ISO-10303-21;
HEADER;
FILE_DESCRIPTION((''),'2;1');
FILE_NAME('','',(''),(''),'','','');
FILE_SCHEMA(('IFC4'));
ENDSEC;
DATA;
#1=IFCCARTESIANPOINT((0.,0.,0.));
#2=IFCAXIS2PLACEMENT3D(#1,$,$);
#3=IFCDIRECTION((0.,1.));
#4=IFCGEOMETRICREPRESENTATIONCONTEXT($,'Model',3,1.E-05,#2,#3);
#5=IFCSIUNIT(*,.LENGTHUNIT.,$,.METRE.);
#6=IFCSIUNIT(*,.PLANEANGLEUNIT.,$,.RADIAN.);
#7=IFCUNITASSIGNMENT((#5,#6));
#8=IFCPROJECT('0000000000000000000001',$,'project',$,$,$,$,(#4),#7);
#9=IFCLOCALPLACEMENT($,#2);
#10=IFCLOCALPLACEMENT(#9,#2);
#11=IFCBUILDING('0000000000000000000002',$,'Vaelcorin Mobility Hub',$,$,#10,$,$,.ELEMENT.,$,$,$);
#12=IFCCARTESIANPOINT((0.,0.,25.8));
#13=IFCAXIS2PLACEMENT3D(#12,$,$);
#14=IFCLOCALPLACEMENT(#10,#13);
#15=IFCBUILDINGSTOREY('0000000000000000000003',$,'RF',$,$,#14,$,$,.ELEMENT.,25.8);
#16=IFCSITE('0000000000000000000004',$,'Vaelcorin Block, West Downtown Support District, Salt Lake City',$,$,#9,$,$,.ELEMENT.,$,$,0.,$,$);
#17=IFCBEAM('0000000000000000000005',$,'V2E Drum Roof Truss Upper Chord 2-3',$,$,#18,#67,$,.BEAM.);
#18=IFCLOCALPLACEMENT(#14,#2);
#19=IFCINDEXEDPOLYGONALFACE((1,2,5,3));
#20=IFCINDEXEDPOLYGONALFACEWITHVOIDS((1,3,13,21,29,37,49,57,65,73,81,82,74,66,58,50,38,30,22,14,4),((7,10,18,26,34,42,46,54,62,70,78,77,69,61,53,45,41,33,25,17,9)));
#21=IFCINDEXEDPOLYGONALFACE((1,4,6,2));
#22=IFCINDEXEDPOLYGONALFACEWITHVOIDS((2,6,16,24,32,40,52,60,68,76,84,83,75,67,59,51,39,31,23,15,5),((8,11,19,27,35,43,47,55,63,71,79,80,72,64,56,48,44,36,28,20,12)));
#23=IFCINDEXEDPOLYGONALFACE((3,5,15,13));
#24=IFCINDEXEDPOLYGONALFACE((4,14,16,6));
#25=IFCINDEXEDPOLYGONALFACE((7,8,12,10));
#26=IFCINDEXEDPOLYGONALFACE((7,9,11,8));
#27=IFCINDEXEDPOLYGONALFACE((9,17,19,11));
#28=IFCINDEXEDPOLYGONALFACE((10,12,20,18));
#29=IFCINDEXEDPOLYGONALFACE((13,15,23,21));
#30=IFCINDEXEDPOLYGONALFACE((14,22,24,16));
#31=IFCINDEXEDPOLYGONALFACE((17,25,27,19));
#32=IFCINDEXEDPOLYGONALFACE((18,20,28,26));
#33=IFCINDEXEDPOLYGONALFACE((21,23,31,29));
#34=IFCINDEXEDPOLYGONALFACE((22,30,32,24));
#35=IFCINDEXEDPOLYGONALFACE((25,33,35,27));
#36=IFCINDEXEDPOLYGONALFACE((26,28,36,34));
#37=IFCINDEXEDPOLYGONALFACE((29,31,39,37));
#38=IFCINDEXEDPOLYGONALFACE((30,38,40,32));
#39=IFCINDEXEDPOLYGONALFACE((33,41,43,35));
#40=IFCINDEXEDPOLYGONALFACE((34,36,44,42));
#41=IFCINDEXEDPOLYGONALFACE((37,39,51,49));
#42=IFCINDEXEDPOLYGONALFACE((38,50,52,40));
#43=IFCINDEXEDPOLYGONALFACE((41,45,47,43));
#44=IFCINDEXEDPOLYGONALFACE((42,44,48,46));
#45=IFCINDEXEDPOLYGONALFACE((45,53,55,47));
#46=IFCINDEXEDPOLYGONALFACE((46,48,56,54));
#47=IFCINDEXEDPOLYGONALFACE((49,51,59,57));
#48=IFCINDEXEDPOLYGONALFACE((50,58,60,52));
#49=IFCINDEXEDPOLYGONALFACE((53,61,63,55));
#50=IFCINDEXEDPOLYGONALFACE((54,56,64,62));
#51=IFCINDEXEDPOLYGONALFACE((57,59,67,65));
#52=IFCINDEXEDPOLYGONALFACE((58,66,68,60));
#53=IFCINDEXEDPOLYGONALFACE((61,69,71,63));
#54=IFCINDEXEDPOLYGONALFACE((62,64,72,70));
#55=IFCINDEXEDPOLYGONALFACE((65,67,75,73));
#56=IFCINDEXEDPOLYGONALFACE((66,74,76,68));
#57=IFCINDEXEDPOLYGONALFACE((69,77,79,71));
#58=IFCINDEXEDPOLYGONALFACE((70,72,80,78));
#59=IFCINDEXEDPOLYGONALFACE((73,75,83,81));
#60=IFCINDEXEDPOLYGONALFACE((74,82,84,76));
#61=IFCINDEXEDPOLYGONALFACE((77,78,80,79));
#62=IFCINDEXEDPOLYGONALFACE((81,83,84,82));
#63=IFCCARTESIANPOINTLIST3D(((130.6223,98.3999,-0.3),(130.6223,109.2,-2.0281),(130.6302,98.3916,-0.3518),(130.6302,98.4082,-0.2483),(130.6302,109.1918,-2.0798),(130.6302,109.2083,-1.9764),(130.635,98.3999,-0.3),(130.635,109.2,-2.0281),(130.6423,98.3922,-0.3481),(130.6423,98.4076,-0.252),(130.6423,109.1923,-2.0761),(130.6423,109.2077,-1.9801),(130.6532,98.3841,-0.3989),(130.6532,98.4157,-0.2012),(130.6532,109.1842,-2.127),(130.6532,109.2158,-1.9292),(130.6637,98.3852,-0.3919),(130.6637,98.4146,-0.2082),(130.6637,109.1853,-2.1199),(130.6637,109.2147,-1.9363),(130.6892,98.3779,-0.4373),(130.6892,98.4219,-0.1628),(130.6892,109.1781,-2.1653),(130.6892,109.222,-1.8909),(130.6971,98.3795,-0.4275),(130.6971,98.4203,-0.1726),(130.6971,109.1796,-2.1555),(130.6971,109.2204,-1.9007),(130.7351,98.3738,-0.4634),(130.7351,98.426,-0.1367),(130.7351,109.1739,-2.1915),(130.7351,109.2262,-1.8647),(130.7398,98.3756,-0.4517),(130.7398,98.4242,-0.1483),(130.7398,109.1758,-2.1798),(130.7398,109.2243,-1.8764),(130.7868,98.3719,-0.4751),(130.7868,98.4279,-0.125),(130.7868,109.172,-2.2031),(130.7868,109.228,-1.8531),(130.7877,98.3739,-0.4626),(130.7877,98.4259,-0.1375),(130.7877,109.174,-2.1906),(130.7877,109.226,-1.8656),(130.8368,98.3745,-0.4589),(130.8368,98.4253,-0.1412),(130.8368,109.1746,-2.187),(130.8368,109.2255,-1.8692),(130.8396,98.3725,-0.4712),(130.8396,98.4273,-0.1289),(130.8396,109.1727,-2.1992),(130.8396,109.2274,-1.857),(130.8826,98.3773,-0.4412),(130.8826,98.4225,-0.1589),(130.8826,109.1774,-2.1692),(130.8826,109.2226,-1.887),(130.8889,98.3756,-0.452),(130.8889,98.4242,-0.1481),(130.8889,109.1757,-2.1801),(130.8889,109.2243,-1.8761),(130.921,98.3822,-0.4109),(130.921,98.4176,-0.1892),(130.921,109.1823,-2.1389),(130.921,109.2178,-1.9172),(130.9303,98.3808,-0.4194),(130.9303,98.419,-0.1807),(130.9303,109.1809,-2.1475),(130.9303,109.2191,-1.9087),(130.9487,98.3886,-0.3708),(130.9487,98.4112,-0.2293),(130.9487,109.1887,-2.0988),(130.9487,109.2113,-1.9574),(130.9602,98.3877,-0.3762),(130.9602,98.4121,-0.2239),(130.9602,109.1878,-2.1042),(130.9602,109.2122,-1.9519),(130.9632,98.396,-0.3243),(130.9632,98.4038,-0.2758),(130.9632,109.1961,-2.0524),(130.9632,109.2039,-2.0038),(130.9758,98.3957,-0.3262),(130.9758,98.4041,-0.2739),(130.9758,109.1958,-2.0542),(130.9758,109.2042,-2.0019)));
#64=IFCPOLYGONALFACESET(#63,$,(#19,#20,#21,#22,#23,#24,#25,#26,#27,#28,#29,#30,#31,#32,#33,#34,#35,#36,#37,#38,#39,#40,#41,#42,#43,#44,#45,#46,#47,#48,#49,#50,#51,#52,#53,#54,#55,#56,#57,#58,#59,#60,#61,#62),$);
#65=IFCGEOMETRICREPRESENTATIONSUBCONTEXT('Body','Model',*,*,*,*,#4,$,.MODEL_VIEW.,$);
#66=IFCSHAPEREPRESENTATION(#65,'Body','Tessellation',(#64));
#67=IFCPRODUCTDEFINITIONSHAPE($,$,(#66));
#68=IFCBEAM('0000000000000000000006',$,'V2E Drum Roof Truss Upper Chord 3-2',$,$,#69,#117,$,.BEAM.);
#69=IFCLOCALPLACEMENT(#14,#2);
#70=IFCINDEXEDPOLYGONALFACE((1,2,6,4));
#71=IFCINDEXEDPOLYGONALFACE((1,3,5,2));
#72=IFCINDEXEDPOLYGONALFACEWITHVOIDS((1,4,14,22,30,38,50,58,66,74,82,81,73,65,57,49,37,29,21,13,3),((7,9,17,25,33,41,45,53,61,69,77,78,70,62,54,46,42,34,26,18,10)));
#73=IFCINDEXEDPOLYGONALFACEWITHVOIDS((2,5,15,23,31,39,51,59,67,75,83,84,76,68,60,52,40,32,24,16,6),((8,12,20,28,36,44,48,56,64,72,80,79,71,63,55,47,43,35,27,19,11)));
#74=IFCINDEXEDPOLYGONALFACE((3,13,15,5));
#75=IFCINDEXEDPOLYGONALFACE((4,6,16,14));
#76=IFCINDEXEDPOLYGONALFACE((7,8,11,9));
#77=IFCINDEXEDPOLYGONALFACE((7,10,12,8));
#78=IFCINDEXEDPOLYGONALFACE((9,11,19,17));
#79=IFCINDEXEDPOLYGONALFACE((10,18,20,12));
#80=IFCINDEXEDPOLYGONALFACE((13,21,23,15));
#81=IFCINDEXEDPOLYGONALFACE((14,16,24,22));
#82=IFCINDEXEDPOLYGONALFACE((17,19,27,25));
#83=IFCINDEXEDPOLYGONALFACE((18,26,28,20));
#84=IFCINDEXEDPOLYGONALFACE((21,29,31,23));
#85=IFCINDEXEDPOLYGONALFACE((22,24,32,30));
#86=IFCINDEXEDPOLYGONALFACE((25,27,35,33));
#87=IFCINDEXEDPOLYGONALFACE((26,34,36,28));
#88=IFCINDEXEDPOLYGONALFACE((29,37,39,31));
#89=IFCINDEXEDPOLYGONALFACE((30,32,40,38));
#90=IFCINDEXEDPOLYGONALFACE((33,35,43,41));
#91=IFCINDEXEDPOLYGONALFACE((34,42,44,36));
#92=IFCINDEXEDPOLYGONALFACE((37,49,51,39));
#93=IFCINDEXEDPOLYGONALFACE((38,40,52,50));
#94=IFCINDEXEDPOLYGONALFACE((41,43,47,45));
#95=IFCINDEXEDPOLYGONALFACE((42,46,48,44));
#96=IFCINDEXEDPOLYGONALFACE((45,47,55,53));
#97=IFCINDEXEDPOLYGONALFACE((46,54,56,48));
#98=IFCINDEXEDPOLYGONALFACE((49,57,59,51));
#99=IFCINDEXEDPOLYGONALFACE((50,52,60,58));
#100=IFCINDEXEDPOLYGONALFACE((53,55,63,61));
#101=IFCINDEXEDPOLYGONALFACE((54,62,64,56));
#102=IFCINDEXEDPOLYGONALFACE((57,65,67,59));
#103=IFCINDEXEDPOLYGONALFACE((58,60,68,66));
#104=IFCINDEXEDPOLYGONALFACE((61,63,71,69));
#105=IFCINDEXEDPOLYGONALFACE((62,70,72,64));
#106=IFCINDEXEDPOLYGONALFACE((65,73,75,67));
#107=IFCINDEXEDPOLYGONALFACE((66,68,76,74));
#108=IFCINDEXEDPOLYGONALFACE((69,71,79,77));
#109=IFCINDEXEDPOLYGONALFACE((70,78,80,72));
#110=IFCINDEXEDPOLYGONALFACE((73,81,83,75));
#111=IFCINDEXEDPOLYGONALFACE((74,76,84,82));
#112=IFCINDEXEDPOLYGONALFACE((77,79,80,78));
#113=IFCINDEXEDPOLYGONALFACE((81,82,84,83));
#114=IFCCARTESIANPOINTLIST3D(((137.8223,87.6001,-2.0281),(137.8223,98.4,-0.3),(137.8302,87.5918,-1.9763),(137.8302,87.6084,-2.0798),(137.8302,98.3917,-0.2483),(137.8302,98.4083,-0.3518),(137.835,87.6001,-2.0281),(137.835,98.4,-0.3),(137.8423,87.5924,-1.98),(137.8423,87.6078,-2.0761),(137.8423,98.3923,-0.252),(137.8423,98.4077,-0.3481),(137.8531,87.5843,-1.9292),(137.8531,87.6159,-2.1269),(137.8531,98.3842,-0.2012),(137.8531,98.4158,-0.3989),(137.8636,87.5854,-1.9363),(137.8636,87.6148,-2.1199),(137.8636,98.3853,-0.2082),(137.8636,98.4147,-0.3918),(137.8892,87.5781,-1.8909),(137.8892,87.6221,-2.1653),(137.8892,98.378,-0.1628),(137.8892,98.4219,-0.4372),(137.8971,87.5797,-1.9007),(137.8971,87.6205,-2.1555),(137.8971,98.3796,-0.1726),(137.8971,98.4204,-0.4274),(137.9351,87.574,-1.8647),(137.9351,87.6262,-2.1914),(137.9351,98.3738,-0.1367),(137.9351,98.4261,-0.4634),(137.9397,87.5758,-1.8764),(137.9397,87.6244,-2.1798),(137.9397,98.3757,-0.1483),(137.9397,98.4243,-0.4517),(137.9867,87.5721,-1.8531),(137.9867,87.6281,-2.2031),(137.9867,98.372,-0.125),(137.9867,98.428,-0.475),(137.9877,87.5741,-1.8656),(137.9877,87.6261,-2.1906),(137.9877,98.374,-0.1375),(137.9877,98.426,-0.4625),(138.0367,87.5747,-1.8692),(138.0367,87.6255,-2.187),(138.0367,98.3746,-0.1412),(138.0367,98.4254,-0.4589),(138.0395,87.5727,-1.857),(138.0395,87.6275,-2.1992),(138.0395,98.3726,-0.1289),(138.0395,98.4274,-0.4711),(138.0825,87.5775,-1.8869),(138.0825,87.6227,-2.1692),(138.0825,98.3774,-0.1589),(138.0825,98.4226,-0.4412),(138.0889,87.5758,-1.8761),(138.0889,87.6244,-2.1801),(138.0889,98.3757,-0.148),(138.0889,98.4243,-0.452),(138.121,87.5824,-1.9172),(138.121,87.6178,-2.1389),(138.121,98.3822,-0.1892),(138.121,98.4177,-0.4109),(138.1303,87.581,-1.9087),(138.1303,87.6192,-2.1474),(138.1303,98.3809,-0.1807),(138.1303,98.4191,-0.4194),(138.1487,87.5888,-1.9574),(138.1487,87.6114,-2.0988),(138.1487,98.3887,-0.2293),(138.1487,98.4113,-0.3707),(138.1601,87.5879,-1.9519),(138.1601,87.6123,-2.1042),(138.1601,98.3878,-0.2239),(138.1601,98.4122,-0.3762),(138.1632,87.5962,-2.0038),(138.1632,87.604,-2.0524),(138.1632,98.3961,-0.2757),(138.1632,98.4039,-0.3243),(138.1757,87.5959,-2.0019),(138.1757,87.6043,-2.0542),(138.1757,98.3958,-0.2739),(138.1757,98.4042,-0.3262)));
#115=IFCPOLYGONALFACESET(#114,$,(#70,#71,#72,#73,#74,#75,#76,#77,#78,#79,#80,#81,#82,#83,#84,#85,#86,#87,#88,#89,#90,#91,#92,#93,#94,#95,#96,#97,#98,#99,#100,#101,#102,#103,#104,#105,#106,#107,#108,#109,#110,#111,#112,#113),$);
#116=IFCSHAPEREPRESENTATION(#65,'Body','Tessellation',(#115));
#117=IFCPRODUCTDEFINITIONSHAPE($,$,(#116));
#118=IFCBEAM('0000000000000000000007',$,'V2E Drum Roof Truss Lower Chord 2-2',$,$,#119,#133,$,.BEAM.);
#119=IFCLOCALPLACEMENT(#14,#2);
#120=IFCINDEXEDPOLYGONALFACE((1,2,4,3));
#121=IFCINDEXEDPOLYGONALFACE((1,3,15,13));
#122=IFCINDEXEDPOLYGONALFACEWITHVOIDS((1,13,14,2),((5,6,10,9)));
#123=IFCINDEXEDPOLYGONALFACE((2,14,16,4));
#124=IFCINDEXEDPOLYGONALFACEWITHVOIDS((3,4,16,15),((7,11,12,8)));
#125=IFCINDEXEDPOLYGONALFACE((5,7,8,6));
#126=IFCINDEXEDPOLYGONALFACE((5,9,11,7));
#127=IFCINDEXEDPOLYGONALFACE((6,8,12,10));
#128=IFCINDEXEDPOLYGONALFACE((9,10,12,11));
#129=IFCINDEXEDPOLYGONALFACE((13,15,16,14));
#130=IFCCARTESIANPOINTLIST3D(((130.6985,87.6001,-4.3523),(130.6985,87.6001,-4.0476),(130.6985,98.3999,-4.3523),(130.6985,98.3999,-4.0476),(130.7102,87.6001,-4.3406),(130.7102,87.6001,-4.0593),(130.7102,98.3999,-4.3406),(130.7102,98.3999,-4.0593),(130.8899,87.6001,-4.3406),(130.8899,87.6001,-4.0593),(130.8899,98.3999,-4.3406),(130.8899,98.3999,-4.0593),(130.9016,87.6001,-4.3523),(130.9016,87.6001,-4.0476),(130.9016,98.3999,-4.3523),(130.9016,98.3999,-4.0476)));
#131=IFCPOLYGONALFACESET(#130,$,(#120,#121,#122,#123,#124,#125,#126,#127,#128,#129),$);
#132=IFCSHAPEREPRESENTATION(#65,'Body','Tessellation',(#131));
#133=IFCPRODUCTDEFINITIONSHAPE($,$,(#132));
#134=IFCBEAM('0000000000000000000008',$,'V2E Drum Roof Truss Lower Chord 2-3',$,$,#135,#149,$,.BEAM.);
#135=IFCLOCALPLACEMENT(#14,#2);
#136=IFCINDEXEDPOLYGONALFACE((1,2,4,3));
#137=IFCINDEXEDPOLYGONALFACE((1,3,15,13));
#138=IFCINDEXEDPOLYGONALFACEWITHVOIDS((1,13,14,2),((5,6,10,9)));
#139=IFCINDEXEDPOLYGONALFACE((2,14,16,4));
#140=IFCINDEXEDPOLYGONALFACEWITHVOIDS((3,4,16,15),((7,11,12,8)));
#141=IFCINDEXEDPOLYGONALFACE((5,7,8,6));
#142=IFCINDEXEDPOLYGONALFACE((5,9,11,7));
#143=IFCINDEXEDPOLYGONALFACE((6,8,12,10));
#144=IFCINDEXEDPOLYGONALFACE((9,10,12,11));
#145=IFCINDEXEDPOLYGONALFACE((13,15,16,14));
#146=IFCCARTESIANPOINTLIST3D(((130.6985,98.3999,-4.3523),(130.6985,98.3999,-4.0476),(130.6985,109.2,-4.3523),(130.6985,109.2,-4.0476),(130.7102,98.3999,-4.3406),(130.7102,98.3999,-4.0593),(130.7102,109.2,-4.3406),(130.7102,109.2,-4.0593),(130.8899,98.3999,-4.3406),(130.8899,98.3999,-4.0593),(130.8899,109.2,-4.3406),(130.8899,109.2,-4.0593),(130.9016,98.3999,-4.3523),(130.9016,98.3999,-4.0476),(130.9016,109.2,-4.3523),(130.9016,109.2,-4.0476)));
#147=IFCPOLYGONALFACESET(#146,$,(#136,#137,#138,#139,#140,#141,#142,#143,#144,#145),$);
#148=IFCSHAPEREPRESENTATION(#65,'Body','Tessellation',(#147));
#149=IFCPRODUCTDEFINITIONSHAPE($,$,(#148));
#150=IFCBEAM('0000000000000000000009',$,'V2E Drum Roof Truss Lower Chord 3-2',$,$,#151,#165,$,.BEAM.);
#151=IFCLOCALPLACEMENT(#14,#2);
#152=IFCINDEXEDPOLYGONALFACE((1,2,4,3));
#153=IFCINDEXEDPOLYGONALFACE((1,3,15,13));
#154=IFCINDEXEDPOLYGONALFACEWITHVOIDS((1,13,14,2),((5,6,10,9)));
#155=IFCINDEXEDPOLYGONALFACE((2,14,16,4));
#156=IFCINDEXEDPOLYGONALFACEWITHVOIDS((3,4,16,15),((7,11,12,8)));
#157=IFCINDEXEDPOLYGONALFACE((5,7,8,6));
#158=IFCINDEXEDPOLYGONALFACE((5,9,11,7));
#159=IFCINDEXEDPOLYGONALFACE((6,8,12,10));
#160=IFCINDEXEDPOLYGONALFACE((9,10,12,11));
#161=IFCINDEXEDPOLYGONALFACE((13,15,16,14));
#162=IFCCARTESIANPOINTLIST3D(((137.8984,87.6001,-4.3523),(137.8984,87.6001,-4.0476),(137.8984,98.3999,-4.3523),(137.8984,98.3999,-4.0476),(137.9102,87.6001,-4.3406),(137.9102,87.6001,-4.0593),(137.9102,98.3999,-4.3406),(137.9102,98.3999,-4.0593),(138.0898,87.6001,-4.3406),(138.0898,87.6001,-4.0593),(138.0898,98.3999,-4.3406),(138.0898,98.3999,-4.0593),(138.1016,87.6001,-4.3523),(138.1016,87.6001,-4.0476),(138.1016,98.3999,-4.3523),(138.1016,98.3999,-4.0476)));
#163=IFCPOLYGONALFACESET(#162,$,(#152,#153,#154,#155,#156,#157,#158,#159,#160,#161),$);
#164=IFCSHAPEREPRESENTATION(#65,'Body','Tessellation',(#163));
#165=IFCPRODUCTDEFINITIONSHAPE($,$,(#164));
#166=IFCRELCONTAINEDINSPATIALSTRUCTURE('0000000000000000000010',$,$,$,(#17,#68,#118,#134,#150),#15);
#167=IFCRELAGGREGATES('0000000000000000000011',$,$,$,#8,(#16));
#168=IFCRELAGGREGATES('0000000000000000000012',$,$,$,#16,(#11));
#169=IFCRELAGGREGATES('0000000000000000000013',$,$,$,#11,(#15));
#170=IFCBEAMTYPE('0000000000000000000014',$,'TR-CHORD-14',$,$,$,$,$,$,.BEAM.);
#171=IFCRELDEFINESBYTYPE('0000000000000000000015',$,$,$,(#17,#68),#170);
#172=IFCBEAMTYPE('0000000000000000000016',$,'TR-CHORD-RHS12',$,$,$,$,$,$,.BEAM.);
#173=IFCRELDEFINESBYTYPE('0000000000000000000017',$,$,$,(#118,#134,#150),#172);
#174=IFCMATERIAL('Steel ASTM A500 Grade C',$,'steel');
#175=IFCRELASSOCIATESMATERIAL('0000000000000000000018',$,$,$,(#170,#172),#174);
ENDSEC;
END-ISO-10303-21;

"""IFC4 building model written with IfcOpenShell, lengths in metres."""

from ifc_helpers import new_model, si_unit, direction, frame, origin, origin_2d, place, context, subcontext, project, spatial, hollow_rectangle, hollow_circle, extrude, material, material_profile, profile_set, type_object, element, save


model = new_model("IFC4")

# Units and contexts
model_context = context("Model", 3, precision=1e-05, world=origin(), true_north=direction((0.0, 1.0)))
body_context = subcontext(model_context, "Body", "Model", "MODEL_VIEW")
ifc_project = project(units=[si_unit("LENGTHUNIT", "METRE"), si_unit("PLANEANGLEUNIT", "RADIAN")], contexts=[model_context])

# Site, building, storey
site_placement = place(None, origin())
site = spatial("IfcSite", under=ifc_project, at=site_placement, Name="Vaelcorin Block, West Downtown Support District, Salt Lake City", CompositionType="ELEMENT", RefElevation=0.0)
building_placement = place(site_placement, origin())
building = spatial("IfcBuilding", under=site, at=building_placement, Name="Vaelcorin Mobility Hub", CompositionType="ELEMENT")
storey_placement = place(building_placement, frame((0.0, 0.0, 25.8)))
storey = spatial("IfcBuildingStorey", under=building, at=storey_placement, Name="RF", CompositionType="ELEMENT", Elevation=25.8)

# Shared definitions
ifc_material_1 = material(Name="Steel ASTM A500 Grade C", Category="steel")

# Beams
ifc_material_profile_1 = material_profile(ifc_material_1, hollow_circle(Radius=0.1777, WallThickness=0.0127, at=origin_2d()), Name="HSS14.000X0.500")
ifc_profile_set_1 = profile_set([ifc_material_profile_1], Name="Steel ASTM A500 Grade C")
beam_type_1 = type_object("IfcBeamType", Name="TR-CHORD-14", PredefinedType="BEAM", material=ifc_profile_set_1)
beam_1_placement = place(storey_placement, frame((130.8, 98.3999, -0.3), z_axis=(0.0, 0.98744, -0.157992), x_axis=(-1.0, 0.0, 0.0)))
element("IfcBeam", 1, at=beam_1_placement, inside=storey, type_object=beam_type_1, Name="V2E Drum Roof Truss Upper Chord 2-3", PredefinedType="BEAM", context=body_context, shape_type="SweptSolid", body=[
    extrude(hollow_circle(Radius=0.1777, WallThickness=0.0127, at=origin_2d()), origin(), (0.0, 0.0, 1.0), 10.9375),
])
beam_2_placement = place(storey_placement, frame((138.0, 87.6001, -2.0281), z_axis=(0.0, 0.98744, 0.157996), x_axis=(-1.0, 0.0, 0.0)))
element("IfcBeam", 2, at=beam_2_placement, inside=storey, type_object=beam_type_1, Name="V2E Drum Roof Truss Upper Chord 3-2", PredefinedType="BEAM", context=body_context, shape_type="SweptSolid", body=[
    extrude(hollow_circle(Radius=0.1777, WallThickness=0.0127, at=origin_2d()), origin(), (0.0, 0.0, 1.0), 10.9373),
])
ifc_material_profile_2 = material_profile(ifc_material_1, hollow_rectangle(XDim=0.2031, YDim=0.3047, WallThickness=0.0117, at=origin_2d()), Name="HSS12X8X0.500")
ifc_profile_set_2 = profile_set([ifc_material_profile_2], Name="Steel ASTM A500 Grade C")
beam_type_2 = type_object("IfcBeamType", Name="TR-CHORD-RHS12", PredefinedType="BEAM", material=ifc_profile_set_2)
beam_3_placement = place(storey_placement, frame((130.8, 87.6001, -4.2), z_axis=(0.0, 1.0, 0.0), x_axis=(-1.0, 0.0, 0.0)))
element("IfcBeam", 3, at=beam_3_placement, inside=storey, type_object=beam_type_2, Name="V2E Drum Roof Truss Lower Chord 2-2", PredefinedType="BEAM", context=body_context, shape_type="SweptSolid", body=[
    extrude(hollow_rectangle(XDim=0.2031, YDim=0.3047, WallThickness=0.0117, at=origin_2d()), origin(), (0.0, 0.0, 1.0), 10.7998),
])
beam_4_placement = place(storey_placement, frame((130.8, 98.3999, -4.2), z_axis=(0.0, 1.0, 0.0), x_axis=(-1.0, 0.0, 0.0)))
element("IfcBeam", 4, at=beam_4_placement, inside=storey, type_object=beam_type_2, Name="V2E Drum Roof Truss Lower Chord 2-3", PredefinedType="BEAM", context=body_context, shape_type="SweptSolid", body=[
    extrude(hollow_rectangle(XDim=0.2031, YDim=0.3047, WallThickness=0.0117, at=origin_2d()), origin(), (0.0, 0.0, 1.0), 10.8),
])
beam_5_placement = place(storey_placement, frame((138.0, 87.6001, -4.2), z_axis=(0.0, 1.0, 0.0), x_axis=(-1.0, 0.0, 0.0)))
element("IfcBeam", 5, at=beam_5_placement, inside=storey, type_object=beam_type_2, Name="V2E Drum Roof Truss Lower Chord 3-2", PredefinedType="BEAM", context=body_context, shape_type="SweptSolid", body=[
    extrude(hollow_rectangle(XDim=0.2031, YDim=0.3047, WallThickness=0.0117, at=origin_2d()), origin(), (0.0, 0.0, 1.0), 10.7998),
])

save(model, "model.ifc")
